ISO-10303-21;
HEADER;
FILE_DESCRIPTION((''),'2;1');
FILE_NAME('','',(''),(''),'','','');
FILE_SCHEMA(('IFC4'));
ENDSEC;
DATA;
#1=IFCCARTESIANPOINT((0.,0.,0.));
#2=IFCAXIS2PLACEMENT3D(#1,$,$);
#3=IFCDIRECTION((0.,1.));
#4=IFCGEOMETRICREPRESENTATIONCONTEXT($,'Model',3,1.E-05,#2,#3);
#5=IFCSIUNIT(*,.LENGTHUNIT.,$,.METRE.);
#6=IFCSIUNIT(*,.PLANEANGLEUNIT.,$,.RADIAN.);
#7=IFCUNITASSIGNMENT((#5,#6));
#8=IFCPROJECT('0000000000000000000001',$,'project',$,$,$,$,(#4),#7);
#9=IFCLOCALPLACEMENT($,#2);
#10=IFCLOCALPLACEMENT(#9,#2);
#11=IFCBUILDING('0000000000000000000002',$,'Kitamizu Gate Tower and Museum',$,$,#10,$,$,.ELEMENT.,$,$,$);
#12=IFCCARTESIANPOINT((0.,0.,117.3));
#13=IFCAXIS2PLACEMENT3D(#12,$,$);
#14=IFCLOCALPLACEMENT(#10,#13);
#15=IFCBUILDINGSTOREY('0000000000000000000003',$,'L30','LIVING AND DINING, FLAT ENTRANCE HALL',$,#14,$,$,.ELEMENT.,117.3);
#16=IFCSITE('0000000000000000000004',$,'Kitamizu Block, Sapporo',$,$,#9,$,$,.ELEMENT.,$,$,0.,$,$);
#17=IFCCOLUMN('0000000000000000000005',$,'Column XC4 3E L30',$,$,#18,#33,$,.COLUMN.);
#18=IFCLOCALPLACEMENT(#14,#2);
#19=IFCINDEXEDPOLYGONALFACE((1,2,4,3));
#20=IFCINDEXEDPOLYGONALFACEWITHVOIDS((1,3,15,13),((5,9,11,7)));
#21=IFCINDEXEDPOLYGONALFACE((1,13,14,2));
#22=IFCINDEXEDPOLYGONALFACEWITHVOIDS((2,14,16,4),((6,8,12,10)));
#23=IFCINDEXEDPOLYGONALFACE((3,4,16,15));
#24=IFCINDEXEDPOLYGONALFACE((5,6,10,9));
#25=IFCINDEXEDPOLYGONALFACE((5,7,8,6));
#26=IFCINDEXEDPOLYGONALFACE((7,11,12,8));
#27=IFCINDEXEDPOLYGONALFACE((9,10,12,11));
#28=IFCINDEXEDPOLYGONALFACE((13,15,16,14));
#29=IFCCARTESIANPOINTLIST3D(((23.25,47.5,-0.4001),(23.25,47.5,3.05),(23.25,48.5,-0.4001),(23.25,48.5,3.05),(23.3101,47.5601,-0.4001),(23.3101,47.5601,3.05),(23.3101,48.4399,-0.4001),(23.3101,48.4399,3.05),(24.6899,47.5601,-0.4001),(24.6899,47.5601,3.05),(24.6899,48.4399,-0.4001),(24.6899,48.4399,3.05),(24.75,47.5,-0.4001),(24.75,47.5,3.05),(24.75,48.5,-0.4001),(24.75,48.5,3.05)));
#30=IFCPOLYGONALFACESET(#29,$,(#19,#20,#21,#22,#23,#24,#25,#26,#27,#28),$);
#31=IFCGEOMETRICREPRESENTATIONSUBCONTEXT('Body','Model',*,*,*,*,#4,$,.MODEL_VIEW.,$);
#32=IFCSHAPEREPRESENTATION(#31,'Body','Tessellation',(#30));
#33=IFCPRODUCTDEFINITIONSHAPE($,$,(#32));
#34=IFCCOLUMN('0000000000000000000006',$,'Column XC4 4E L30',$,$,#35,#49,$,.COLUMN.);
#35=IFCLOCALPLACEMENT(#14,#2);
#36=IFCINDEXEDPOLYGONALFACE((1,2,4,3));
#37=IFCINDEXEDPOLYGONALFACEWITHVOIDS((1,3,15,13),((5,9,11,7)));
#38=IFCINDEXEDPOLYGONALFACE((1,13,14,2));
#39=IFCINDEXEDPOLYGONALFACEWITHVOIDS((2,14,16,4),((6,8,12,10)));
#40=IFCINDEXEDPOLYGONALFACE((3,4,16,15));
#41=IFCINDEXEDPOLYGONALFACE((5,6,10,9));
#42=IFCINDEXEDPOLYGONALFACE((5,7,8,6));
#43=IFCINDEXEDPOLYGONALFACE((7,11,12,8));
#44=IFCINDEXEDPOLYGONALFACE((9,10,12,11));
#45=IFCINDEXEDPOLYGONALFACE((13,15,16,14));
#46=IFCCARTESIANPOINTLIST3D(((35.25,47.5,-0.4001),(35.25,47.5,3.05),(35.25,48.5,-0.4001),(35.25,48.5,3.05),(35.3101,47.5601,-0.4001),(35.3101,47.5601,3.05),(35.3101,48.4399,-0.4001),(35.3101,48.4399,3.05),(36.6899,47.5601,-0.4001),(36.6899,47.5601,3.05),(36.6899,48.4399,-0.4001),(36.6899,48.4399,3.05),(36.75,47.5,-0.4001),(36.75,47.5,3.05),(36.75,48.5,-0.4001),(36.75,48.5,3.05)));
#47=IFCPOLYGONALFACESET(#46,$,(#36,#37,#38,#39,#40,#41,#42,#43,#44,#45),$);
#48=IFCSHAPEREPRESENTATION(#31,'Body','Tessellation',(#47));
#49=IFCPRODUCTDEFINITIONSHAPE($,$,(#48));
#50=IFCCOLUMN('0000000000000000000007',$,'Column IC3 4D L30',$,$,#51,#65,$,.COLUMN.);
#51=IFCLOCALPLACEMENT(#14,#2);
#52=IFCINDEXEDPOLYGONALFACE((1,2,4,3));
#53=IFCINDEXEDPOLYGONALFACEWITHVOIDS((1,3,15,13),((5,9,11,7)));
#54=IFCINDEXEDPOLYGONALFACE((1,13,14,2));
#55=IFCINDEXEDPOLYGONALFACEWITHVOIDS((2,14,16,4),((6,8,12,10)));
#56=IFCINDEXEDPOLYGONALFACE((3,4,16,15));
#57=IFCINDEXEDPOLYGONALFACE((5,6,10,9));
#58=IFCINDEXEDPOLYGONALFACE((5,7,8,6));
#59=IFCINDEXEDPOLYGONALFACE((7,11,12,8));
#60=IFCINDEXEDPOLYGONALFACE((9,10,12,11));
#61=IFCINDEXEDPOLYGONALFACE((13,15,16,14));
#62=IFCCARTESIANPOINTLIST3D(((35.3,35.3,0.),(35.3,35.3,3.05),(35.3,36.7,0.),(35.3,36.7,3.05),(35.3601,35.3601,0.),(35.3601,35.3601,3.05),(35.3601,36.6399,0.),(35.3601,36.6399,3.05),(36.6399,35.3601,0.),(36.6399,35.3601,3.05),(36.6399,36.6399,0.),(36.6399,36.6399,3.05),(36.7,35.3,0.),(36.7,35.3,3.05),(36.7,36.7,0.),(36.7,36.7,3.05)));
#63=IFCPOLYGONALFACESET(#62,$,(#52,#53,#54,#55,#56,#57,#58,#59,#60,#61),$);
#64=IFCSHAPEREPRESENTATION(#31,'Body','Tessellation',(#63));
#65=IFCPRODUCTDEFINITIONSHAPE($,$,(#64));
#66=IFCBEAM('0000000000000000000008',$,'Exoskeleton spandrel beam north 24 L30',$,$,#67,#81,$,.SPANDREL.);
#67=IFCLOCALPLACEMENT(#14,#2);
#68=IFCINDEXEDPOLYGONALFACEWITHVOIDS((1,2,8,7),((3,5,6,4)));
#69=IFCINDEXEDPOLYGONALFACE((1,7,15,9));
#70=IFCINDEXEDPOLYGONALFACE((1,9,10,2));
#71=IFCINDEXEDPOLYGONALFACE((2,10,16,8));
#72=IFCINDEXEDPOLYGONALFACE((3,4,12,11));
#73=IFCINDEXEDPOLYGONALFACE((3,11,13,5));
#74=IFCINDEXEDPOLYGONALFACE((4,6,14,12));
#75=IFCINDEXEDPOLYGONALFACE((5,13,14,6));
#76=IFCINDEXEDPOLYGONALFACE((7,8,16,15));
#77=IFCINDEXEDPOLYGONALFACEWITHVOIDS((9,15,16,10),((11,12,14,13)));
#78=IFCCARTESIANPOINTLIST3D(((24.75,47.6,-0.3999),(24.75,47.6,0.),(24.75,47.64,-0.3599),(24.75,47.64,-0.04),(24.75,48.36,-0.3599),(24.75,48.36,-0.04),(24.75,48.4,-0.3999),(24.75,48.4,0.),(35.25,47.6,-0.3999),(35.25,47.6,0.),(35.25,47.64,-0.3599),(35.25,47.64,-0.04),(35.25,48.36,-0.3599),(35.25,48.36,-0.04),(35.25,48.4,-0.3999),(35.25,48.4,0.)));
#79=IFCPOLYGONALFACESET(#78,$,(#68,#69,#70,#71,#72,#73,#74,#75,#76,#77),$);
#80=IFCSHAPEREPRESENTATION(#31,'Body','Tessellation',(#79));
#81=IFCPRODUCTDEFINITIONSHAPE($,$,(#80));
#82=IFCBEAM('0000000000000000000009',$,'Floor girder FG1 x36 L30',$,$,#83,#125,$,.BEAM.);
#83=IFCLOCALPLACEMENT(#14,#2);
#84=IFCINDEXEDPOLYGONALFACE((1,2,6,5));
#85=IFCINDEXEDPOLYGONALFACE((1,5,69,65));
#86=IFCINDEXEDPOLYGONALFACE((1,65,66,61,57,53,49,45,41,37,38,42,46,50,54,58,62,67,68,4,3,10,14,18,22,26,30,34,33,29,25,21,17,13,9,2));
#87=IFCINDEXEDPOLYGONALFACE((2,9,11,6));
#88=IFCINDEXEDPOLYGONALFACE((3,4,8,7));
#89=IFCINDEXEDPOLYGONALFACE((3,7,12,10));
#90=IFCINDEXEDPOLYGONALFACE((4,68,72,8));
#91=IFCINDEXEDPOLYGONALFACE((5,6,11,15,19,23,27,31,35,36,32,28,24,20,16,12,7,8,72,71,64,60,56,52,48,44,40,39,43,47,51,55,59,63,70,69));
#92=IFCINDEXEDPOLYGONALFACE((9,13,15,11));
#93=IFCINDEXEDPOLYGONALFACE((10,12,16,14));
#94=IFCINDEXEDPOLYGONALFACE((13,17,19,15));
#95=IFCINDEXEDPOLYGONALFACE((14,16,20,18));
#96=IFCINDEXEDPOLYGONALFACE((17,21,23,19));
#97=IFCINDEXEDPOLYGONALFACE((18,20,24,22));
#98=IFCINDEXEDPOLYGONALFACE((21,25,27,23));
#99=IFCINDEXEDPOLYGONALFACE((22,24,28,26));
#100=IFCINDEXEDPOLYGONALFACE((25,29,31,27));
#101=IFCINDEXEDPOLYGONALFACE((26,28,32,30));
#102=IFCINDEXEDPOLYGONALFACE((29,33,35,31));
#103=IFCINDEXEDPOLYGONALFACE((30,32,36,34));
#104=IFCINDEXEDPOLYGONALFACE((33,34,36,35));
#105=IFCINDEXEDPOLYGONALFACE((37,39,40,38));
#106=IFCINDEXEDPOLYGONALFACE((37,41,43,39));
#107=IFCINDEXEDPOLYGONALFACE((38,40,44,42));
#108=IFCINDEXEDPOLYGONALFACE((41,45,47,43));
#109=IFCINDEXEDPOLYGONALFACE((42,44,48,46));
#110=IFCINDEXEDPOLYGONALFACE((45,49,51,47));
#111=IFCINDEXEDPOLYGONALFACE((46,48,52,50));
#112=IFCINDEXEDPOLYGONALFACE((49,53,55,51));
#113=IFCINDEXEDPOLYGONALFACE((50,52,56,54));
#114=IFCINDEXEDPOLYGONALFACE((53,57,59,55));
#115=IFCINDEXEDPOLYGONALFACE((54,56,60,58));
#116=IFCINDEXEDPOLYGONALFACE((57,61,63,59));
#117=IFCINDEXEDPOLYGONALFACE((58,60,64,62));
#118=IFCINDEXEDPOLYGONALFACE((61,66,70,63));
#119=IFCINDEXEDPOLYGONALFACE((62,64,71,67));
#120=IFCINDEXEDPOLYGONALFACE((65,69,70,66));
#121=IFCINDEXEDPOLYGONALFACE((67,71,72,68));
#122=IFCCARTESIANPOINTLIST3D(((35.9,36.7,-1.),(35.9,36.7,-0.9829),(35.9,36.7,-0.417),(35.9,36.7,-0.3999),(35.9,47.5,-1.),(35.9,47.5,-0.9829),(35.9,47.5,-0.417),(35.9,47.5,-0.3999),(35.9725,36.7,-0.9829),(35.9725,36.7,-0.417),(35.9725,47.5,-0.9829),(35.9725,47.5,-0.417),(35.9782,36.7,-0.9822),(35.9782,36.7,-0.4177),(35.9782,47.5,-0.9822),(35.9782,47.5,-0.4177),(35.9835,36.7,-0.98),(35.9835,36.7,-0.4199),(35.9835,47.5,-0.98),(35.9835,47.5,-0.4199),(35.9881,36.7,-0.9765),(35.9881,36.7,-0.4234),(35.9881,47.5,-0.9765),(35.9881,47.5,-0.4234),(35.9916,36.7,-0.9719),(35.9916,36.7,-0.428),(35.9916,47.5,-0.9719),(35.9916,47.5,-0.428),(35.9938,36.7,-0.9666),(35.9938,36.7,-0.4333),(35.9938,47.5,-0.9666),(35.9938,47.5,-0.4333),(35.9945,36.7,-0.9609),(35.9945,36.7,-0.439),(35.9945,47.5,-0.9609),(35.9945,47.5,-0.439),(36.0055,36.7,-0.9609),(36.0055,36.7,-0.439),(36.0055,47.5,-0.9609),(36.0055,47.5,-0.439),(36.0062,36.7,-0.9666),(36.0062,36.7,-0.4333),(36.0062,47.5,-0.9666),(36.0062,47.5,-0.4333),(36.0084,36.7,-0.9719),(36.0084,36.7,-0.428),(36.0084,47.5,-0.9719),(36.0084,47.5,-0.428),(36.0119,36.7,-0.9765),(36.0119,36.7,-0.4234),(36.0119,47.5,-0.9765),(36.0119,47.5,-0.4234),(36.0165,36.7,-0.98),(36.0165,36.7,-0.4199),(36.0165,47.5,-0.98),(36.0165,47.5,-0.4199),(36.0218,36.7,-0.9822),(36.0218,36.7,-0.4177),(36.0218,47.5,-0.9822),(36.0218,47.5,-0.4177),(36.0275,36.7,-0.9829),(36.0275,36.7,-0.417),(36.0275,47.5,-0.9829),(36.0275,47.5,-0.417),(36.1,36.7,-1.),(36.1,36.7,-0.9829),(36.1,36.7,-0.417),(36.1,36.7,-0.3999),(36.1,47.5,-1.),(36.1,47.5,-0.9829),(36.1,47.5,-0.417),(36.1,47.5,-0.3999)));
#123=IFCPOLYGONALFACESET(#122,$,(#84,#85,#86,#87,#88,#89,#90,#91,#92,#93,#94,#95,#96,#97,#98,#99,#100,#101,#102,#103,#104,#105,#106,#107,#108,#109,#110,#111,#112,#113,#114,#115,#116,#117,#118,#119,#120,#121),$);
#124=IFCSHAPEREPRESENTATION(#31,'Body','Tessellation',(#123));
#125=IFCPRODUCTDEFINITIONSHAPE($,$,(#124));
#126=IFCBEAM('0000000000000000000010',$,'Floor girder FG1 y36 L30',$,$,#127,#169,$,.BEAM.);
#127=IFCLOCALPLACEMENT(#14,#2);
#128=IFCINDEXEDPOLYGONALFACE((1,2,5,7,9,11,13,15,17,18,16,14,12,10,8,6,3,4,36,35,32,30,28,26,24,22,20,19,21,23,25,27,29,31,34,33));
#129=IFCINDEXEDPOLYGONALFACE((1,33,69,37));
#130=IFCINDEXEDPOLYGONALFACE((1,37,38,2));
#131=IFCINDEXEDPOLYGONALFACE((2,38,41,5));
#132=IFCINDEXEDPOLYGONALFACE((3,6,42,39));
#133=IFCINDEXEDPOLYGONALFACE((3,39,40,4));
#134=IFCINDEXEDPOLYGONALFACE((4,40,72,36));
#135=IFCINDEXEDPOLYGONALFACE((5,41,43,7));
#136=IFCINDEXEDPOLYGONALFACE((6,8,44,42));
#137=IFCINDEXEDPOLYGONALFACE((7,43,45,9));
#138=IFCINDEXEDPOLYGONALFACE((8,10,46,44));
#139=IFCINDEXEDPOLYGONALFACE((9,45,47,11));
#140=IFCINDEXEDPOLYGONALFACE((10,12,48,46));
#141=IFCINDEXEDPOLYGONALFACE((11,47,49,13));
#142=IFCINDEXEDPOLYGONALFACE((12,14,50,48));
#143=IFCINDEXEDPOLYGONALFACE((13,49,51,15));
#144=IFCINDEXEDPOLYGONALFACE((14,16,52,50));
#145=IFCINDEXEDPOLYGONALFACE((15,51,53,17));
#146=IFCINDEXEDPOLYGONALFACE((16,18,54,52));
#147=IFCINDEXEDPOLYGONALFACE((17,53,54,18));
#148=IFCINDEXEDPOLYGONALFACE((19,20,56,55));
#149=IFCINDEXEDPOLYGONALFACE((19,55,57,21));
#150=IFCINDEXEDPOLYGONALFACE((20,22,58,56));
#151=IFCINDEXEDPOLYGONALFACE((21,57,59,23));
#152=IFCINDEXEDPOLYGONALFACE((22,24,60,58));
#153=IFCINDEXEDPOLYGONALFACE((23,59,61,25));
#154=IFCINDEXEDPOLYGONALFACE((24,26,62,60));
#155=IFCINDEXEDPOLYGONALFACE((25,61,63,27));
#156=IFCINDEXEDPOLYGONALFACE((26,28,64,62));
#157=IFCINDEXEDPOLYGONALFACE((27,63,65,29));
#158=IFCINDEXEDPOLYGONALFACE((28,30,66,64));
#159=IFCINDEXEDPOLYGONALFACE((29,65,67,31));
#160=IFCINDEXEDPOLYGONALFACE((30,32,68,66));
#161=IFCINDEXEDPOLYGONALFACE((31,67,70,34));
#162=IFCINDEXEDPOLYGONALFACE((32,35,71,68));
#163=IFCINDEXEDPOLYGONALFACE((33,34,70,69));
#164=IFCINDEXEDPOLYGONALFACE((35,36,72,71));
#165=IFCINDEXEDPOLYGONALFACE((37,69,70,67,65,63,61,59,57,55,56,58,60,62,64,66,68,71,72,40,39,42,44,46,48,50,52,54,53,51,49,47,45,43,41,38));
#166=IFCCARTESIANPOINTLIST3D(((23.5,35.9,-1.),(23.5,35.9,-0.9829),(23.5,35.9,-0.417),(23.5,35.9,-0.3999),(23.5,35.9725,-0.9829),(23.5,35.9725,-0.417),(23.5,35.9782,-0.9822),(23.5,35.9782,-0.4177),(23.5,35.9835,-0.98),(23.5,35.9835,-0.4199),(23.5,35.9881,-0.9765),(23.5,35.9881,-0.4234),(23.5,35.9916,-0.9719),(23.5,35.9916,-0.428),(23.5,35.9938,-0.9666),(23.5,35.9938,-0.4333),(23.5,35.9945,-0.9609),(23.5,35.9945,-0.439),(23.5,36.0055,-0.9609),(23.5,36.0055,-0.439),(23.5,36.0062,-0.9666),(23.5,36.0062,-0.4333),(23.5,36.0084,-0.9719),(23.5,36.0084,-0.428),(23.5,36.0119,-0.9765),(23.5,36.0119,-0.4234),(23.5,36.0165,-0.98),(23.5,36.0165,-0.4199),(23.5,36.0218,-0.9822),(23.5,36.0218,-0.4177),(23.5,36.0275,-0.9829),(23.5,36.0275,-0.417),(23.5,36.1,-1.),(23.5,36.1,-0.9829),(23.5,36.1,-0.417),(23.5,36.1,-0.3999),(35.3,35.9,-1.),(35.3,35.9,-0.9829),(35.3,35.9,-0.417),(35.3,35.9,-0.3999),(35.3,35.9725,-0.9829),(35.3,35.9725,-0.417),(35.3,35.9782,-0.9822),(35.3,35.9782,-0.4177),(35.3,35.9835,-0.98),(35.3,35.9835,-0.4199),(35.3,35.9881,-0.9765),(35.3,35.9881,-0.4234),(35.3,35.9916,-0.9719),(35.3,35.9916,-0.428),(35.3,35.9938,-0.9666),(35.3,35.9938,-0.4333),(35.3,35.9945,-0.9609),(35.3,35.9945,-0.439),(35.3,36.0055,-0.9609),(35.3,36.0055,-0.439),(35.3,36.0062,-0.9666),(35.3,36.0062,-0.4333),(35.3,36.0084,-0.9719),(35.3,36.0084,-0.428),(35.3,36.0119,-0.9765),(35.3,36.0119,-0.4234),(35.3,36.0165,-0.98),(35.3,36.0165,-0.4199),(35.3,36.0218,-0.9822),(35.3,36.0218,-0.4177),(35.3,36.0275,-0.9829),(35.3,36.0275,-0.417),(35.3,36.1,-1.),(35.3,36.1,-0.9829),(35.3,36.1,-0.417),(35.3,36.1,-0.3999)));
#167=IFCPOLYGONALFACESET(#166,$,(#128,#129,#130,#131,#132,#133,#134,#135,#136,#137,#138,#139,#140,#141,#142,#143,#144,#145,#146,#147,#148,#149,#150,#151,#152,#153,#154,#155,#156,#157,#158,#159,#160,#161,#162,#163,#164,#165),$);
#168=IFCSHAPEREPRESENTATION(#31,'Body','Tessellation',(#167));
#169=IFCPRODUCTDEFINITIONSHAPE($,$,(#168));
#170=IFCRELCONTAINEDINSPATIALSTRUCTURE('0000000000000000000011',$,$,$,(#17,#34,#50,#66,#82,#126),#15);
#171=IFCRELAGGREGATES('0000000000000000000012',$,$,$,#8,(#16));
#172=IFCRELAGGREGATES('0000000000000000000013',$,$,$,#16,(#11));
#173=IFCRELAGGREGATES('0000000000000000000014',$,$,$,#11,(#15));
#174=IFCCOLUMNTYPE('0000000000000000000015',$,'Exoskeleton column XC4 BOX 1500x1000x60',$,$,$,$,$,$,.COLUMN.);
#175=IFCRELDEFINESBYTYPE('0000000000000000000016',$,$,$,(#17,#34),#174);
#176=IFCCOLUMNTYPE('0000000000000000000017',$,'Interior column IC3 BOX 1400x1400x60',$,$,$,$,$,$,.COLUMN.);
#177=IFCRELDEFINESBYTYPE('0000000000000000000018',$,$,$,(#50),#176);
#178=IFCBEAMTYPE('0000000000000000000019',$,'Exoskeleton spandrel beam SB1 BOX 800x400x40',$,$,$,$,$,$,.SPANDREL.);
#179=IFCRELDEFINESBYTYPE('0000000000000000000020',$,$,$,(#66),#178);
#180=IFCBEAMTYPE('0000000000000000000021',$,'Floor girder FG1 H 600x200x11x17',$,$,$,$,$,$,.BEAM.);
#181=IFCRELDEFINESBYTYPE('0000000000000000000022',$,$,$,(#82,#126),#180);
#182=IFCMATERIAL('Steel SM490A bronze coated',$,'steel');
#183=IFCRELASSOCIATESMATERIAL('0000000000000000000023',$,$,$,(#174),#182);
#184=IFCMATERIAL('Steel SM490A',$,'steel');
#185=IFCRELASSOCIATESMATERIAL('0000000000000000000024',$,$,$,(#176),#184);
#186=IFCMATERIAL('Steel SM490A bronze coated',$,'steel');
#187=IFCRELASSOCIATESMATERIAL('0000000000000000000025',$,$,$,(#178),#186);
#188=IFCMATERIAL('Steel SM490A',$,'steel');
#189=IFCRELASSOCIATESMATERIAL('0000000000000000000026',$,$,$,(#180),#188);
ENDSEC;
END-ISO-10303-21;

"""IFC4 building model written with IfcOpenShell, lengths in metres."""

from ifc_helpers import new_model, si_unit, direction, frame, origin, origin_2d, place, context, subcontext, project, spatial, hollow_rectangle, i_section, extrude, material, material_profile, profile_set, type_object, element, save


model = new_model("IFC4")

# Units and contexts
model_context = context("Model", 3, precision=1e-05, world=origin(), true_north=direction((0.0, 1.0)))
body_context = subcontext(model_context, "Body", "Model", "MODEL_VIEW")
ifc_project = project(units=[si_unit("LENGTHUNIT", "METRE"), si_unit("PLANEANGLEUNIT", "RADIAN")], contexts=[model_context])

# Site, building, storey
site_placement = place(None, origin())
site = spatial("IfcSite", under=ifc_project, at=site_placement, Name="Kitamizu Block, Sapporo", CompositionType="ELEMENT", RefElevation=0.0)
building_placement = place(site_placement, origin())
building = spatial("IfcBuilding", under=site, at=building_placement, Name="Kitamizu Gate Tower and Museum", CompositionType="ELEMENT")
storey_placement = place(building_placement, frame((0.0, 0.0, 117.3)))
storey = spatial("IfcBuildingStorey", under=building, at=storey_placement, Name="L30", Description="LIVING AND DINING, FLAT ENTRANCE HALL", CompositionType="ELEMENT", Elevation=117.3)

# Columns
ifc_material_1 = material(Name="Steel SM490A bronze coated", Category="steel")
ifc_material_profile_1 = material_profile(ifc_material_1, hollow_rectangle(XDim=1.5, YDim=1.0, WallThickness=0.0601, at=origin_2d()), Name="BOX 1500x1000x60")
ifc_profile_set_1 = profile_set([ifc_material_profile_1], Name="Steel SM490A bronze coated")
column_type_1 = type_object("IfcColumnType", Name="Exoskeleton column XC4 BOX 1500x1000x60", PredefinedType="COLUMN", material=ifc_profile_set_1)
for number, where, z_axis, x_axis, name in (
    (1, (24.0, 48.0, -0.4001), (0.0, 0.0, 1.0), (1.0, 0.0, 0.0), "Column XC4 3E L30"),
    (2, (36.0, 48.0, -0.4001), (0.0, 0.0, 1.0), (1.0, 0.0, 0.0), "Column XC4 4E L30"),
):
    element("IfcColumn", number, at=place(storey_placement, frame(where, z_axis=z_axis, x_axis=x_axis)), inside=storey, type_object=column_type_1, Name=name, PredefinedType="COLUMN", context=body_context, shape_type="SweptSolid", body=[
        extrude(hollow_rectangle(XDim=1.5, YDim=1.0, WallThickness=0.0601, at=origin_2d()), origin(), (0.0, 0.0, 1.0), 3.4502),
    ])
ifc_material_2 = material(Name="Steel SM490A", Category="steel")
ifc_material_profile_2 = material_profile(ifc_material_2, hollow_rectangle(XDim=1.3999, YDim=1.3999, WallThickness=0.0601, at=origin_2d()), Name="BOX 1400x1400x60")
ifc_profile_set_2 = profile_set([ifc_material_profile_2], Name="Steel SM490A")
column_type_2 = type_object("IfcColumnType", Name="Interior column IC3 BOX 1400x1400x60", PredefinedType="COLUMN", material=ifc_profile_set_2)
column_placement = place(storey_placement, frame((36.0, 36.0, 0.0), z_axis=(0.0, 0.0, 1.0), x_axis=(1.0, 0.0, 0.0)))
element("IfcColumn", 3, at=column_placement, inside=storey, type_object=column_type_2, Name="Column IC3 4D L30", PredefinedType="COLUMN", context=body_context, shape_type="SweptSolid", body=[
    extrude(hollow_rectangle(XDim=1.3999, YDim=1.3999, WallThickness=0.0601, at=origin_2d()), origin(), (0.0, 0.0, 1.0), 3.05),
])

# Beams
ifc_material_3 = material(Name="Steel SM490A bronze coated", Category="steel")
ifc_material_profile_3 = material_profile(ifc_material_3, hollow_rectangle(XDim=0.8, YDim=0.3999, WallThickness=0.04, at=origin_2d()), Name="BOX 800x400x40")
ifc_profile_set_3 = profile_set([ifc_material_profile_3], Name="Steel SM490A bronze coated")
beam_type_1 = type_object("IfcBeamType", Name="Exoskeleton spandrel beam SB1 BOX 800x400x40", PredefinedType="SPANDREL", material=ifc_profile_set_3)
beam_1_placement = place(storey_placement, frame((24.75, 48.0, -0.2), z_axis=(1.0, 0.0, 0.0), x_axis=(0.0, 1.0, 0.0)))
element("IfcBeam", 4, at=beam_1_placement, inside=storey, type_object=beam_type_1, Name="Exoskeleton spandrel beam north 24 L30", PredefinedType="SPANDREL", context=body_context, shape_type="SweptSolid", body=[
    extrude(hollow_rectangle(XDim=0.8, YDim=0.3999, WallThickness=0.04, at=origin_2d()), origin(), (0.0, 0.0, 1.0), 10.5),
])
ifc_material_4 = material(Name="Steel SM490A", Category="steel")
ifc_material_profile_4 = material_profile(ifc_material_4, i_section(OverallWidth=0.2, OverallDepth=0.6001, WebThickness=0.011, FlangeThickness=0.0171, FilletRadius=0.022, at=origin_2d()), Name="H-600x200x11x17")
ifc_profile_set_4 = profile_set([ifc_material_profile_4], Name="Steel SM490A")
beam_type_2 = type_object("IfcBeamType", Name="Floor girder FG1 H 600x200x11x17", PredefinedType="BEAM", material=ifc_profile_set_4)
beam_2_placement = place(storey_placement, frame((36.0, 36.7, -0.7), z_axis=(0.0, 1.0, 0.0), x_axis=(-1.0, 0.0, 0.0)))
element("IfcBeam", 5, at=beam_2_placement, inside=storey, type_object=beam_type_2, Name="Floor girder FG1 x36 L30", PredefinedType="BEAM", context=body_context, shape_type="SweptSolid", body=[
    extrude(i_section(OverallWidth=0.2, OverallDepth=0.6001, WebThickness=0.011, FlangeThickness=0.0171, FilletRadius=0.022, at=origin_2d()), origin(), (0.0, 0.0, 1.0), 10.8),
])
beam_3_placement = place(storey_placement, frame((23.5, 36.0, -0.7), z_axis=(1.0, 0.0, 0.0), x_axis=(0.0, 1.0, 0.0)))
element("IfcBeam", 6, at=beam_3_placement, inside=storey, type_object=beam_type_2, Name="Floor girder FG1 y36 L30", PredefinedType="BEAM", context=body_context, shape_type="SweptSolid", body=[
    extrude(i_section(OverallWidth=0.2, OverallDepth=0.6001, WebThickness=0.011, FlangeThickness=0.0171, FilletRadius=0.022, at=origin_2d()), origin(), (0.0, 0.0, 1.0), 11.8),
])

save(model, "model.ifc")
